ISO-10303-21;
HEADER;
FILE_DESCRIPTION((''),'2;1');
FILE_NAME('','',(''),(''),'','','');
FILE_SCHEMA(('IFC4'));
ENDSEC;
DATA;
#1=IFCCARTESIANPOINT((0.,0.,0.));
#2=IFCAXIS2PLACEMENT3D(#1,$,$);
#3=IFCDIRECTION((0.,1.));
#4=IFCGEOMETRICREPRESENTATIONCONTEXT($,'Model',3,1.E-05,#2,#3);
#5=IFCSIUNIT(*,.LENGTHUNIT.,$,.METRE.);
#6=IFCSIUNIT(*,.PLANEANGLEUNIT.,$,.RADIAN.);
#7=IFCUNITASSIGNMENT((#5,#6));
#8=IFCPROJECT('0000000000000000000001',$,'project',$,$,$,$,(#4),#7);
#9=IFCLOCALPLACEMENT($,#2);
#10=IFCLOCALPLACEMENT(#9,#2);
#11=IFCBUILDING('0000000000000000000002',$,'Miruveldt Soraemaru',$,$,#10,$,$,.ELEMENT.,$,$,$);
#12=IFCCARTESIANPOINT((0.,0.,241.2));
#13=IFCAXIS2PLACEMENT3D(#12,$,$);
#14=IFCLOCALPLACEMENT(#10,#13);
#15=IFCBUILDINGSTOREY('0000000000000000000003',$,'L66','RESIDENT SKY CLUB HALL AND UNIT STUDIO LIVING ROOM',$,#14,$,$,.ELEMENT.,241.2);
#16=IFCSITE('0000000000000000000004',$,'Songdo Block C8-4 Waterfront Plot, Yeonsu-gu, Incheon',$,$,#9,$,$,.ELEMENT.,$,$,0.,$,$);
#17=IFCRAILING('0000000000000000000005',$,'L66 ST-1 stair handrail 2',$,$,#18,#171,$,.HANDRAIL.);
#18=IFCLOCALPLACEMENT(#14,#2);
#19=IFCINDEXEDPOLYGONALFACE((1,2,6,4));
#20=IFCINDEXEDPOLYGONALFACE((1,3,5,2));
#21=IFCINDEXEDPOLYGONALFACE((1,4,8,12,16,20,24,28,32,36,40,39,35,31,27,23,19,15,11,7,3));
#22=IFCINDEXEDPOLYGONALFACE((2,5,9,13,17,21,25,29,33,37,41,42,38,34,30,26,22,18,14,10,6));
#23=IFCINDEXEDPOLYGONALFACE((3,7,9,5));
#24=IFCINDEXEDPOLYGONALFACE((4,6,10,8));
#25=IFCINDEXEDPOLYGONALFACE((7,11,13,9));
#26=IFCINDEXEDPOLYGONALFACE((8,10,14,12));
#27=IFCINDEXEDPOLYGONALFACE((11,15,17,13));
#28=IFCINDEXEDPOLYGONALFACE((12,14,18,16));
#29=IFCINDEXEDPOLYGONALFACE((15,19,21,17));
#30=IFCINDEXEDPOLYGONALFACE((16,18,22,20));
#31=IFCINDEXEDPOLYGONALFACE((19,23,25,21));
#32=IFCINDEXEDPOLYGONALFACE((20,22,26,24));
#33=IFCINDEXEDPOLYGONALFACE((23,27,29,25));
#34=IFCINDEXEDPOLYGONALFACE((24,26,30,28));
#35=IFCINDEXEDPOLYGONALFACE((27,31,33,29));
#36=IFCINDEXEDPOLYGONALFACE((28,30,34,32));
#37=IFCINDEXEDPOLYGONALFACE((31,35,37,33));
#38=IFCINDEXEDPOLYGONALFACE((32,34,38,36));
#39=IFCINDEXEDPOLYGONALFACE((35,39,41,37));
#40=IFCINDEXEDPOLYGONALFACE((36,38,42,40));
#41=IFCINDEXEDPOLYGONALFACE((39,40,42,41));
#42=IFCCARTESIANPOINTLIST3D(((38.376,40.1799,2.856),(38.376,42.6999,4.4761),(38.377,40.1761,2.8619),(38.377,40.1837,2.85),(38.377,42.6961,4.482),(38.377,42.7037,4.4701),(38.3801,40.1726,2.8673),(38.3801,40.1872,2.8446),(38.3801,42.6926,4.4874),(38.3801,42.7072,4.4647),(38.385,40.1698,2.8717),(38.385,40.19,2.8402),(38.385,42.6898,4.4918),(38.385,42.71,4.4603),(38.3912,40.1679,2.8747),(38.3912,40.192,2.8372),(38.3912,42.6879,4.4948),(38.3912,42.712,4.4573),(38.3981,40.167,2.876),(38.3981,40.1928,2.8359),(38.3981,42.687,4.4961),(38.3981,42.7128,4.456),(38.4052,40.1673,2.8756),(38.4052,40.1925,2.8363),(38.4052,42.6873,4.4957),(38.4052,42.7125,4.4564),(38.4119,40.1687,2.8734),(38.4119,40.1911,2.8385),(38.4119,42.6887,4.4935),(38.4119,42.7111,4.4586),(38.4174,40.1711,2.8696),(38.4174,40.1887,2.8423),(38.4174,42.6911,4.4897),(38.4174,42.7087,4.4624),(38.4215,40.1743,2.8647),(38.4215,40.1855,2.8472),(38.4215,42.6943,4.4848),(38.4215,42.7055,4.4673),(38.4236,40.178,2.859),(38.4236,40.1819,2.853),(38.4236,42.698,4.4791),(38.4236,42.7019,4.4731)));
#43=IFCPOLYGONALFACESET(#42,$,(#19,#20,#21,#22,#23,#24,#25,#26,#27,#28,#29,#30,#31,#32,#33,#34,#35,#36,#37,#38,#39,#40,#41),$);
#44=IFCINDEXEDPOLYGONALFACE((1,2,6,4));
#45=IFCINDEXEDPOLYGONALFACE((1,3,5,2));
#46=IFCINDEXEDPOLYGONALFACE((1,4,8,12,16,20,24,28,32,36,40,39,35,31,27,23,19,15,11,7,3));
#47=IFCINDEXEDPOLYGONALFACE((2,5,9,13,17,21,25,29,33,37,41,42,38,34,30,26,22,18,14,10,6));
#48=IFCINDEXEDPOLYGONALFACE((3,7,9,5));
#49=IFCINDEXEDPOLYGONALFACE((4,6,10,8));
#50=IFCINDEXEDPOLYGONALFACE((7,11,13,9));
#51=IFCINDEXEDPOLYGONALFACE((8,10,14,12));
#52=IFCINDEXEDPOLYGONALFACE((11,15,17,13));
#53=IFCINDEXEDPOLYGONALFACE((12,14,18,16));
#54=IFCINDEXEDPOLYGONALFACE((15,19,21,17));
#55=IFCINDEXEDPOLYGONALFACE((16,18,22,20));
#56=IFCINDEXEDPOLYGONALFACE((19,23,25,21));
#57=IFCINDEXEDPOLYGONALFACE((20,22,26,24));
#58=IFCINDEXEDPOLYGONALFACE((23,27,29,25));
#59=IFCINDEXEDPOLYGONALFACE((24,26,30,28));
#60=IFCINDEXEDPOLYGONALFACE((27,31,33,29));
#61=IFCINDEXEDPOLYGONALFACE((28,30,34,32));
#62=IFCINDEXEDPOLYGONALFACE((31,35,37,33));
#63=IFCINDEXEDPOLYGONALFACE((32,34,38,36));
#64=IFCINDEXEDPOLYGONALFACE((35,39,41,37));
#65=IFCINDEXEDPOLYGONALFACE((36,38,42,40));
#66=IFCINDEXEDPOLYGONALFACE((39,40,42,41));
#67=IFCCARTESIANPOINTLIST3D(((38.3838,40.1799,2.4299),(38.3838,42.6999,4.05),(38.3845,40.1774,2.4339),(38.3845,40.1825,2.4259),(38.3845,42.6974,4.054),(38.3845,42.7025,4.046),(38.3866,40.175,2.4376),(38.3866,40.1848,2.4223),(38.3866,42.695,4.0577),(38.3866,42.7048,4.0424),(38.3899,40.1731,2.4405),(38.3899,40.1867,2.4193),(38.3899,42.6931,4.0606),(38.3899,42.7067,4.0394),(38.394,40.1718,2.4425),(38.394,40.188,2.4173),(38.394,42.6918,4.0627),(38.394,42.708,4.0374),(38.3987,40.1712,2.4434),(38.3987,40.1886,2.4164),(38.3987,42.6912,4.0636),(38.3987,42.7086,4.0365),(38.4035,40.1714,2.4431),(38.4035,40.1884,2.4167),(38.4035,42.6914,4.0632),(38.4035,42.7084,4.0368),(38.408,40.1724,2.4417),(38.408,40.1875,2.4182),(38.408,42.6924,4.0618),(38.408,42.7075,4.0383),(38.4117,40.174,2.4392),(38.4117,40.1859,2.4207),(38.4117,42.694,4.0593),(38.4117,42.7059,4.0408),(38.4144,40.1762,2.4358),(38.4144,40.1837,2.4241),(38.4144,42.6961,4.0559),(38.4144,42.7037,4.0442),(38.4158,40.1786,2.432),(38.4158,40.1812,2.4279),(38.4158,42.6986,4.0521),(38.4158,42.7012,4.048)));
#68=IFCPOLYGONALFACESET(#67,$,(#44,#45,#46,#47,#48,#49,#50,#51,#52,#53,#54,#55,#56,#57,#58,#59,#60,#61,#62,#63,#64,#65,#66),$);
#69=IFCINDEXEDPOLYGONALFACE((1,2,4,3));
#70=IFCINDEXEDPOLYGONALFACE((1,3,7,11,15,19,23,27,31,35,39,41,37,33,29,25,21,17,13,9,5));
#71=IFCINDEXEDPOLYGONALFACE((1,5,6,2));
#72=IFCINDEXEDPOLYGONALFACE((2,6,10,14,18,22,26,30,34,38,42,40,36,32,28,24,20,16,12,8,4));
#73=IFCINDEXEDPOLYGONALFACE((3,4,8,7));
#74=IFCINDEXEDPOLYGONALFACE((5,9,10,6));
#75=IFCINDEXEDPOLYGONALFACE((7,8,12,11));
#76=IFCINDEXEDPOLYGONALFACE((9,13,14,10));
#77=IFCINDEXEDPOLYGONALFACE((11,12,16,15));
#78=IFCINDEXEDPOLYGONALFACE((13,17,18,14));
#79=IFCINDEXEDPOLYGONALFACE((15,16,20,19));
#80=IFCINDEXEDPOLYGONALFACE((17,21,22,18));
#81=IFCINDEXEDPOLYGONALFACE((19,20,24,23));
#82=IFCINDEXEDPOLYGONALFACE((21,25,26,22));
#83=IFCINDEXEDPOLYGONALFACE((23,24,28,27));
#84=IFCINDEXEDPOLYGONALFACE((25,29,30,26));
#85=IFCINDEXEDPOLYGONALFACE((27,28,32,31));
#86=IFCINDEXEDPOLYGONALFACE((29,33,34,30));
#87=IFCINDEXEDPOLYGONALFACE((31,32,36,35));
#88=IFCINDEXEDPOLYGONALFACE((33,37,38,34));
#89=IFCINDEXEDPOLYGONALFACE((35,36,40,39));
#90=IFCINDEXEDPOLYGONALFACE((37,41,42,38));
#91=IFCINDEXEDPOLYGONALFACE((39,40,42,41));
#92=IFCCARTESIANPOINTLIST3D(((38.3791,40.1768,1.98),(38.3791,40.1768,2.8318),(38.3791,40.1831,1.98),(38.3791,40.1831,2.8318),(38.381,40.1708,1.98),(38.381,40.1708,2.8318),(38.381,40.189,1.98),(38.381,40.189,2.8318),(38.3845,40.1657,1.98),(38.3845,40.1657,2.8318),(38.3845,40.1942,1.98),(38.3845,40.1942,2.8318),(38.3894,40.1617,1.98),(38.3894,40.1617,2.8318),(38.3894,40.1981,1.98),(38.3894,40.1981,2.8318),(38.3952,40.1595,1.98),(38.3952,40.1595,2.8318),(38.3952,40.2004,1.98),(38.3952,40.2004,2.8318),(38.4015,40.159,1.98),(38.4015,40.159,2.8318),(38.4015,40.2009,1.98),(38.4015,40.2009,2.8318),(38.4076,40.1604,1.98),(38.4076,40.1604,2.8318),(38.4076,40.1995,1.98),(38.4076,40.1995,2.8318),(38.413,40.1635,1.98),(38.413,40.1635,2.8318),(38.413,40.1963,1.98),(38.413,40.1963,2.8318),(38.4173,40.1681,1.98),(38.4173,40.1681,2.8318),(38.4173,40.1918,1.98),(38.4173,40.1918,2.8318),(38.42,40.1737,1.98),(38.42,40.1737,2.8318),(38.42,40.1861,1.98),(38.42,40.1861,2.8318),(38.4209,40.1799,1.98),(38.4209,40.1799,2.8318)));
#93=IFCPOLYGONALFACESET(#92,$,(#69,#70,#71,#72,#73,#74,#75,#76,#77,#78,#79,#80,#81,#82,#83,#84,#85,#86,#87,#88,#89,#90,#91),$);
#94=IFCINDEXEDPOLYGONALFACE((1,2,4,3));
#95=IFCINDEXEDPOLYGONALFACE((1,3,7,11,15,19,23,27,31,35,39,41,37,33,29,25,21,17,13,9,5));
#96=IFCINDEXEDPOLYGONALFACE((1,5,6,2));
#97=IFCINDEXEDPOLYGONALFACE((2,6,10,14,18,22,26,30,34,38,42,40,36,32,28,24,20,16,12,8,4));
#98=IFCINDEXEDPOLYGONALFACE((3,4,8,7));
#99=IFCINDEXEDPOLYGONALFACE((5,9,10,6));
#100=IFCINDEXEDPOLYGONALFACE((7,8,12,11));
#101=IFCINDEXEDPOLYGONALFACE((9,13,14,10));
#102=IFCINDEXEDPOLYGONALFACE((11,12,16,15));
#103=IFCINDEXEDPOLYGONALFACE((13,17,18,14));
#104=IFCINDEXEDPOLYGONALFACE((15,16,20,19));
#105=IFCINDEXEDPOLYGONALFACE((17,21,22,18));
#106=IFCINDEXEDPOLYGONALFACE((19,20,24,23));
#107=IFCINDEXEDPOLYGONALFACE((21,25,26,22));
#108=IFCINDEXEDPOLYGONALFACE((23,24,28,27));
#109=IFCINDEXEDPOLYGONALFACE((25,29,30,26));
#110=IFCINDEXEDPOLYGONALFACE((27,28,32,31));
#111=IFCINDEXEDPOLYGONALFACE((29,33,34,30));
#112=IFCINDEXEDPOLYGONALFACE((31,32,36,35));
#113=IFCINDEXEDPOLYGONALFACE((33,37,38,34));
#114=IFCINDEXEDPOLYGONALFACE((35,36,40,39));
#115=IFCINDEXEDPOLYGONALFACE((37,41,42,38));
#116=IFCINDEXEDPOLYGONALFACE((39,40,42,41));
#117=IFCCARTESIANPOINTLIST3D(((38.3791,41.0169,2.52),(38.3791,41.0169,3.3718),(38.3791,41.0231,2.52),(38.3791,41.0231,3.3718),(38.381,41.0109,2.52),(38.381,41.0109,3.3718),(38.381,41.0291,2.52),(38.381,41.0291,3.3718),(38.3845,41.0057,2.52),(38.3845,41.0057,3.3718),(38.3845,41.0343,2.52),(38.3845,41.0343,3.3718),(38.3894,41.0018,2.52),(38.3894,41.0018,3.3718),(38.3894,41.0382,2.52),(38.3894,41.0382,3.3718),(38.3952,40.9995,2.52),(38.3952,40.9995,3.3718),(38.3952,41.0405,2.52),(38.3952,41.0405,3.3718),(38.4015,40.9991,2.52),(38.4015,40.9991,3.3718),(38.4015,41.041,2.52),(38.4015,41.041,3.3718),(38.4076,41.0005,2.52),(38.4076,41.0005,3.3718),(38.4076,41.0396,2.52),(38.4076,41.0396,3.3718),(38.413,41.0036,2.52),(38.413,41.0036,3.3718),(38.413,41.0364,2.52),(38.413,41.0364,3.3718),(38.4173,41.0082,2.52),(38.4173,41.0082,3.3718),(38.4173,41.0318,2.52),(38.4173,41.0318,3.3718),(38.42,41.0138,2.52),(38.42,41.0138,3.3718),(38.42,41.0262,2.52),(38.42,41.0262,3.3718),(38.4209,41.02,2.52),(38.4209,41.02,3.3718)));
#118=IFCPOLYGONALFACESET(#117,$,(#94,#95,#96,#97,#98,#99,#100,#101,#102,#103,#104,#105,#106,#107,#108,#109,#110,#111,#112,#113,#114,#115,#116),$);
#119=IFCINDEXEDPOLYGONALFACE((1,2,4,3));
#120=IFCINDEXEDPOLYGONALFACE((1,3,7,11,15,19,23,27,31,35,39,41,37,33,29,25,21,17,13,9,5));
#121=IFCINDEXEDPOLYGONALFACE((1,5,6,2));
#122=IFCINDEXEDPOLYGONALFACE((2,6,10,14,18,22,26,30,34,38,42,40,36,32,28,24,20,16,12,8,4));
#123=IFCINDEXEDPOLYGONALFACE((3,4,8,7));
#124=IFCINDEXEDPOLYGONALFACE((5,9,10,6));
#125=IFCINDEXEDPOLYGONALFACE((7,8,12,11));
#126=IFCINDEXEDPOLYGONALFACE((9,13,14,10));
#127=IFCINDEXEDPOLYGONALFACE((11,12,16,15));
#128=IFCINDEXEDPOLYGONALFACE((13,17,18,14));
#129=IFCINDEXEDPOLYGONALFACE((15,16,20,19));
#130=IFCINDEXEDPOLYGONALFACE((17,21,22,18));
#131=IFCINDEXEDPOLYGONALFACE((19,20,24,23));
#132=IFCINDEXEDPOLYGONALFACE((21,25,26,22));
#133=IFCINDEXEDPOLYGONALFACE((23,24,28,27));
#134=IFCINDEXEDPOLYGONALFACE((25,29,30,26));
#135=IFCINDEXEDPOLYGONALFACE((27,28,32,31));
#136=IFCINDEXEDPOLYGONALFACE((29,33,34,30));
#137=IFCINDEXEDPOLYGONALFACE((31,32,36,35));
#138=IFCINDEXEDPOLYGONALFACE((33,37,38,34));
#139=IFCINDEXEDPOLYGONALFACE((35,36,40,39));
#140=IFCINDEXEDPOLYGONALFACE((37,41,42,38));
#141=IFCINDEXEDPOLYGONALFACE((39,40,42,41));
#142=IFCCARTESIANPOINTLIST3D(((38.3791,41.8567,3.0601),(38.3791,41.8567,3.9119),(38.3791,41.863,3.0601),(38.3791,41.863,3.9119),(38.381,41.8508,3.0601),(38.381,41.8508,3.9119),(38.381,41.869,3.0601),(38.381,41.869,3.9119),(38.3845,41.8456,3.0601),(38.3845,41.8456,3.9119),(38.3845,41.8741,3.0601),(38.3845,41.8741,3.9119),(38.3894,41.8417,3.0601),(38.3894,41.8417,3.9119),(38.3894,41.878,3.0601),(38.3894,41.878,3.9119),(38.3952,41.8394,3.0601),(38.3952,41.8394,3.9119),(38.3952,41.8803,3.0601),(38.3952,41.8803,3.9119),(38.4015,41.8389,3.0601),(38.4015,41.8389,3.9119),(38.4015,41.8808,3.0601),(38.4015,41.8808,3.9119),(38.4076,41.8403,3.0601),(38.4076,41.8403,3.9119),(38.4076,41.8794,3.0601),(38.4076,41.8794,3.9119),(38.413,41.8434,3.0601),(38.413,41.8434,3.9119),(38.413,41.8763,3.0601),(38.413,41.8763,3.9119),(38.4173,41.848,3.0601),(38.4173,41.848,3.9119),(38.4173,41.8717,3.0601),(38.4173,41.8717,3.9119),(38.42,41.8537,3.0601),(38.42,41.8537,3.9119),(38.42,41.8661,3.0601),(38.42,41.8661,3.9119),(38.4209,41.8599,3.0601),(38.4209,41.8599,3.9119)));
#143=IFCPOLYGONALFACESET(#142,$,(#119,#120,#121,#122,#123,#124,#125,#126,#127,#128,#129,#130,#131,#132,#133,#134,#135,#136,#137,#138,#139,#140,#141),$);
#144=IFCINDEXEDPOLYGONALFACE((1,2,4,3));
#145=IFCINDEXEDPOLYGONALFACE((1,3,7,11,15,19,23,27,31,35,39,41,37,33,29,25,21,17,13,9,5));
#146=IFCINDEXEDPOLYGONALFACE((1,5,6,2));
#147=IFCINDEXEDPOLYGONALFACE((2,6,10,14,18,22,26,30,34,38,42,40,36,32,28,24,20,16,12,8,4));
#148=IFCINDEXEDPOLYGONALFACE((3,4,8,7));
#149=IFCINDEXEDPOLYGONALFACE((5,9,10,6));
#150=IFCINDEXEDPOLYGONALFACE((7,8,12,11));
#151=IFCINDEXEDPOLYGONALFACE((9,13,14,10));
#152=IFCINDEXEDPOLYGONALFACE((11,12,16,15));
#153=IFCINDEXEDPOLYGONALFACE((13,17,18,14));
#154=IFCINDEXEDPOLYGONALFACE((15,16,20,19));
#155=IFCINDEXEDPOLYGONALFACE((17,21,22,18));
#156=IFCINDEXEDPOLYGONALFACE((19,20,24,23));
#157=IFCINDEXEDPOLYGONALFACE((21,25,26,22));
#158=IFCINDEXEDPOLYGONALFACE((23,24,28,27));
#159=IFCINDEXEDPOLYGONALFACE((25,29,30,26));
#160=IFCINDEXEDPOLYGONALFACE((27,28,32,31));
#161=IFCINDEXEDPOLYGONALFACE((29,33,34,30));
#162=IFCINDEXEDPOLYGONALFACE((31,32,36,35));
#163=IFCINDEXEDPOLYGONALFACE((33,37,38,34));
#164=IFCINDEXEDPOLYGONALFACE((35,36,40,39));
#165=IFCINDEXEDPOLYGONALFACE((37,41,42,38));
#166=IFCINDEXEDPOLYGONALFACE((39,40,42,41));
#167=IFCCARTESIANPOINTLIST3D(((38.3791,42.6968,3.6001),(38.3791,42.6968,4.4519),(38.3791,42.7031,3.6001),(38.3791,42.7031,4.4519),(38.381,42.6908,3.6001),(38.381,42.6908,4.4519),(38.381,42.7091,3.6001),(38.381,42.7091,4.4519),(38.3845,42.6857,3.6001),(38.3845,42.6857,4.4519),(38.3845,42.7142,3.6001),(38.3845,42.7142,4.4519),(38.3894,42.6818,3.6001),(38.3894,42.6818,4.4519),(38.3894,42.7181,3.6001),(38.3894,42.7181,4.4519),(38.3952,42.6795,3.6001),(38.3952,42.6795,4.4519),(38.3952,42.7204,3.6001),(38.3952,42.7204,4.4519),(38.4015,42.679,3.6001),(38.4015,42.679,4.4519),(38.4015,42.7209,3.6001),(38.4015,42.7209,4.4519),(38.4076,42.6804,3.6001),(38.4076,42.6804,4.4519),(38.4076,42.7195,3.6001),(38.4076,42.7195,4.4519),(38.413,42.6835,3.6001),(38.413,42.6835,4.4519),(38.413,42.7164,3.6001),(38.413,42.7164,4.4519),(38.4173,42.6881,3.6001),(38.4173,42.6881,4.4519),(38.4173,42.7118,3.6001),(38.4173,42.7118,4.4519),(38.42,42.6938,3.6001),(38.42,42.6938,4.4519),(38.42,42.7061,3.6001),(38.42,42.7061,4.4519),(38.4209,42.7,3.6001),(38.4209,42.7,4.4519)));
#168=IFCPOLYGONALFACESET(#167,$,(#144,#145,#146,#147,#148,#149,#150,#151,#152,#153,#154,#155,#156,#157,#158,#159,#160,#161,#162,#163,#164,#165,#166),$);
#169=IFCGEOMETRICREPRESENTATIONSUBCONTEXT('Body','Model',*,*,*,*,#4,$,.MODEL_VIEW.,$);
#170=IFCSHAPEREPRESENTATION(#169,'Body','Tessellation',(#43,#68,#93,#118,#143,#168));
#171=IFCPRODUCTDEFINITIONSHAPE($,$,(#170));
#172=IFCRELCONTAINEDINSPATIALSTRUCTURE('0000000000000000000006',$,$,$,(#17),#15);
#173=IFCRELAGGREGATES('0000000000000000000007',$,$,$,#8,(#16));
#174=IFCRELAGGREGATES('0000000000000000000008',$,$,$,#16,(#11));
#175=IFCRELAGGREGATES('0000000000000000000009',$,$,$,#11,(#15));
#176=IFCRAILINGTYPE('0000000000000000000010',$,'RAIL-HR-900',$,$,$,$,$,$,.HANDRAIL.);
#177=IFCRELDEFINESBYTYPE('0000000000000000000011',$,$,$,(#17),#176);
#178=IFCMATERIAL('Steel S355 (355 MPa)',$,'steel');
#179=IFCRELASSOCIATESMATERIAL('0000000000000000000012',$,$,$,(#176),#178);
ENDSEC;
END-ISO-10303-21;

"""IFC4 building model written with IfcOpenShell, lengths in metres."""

from ifc_helpers import new_model, si_unit, direction, frame, origin, origin_2d, place, context, subcontext, project, spatial, circle, extrude, material, type_object, element, save


model = new_model("IFC4")

# Units and contexts
model_context = context("Model", 3, precision=1e-05, world=origin(), true_north=direction((0.0, 1.0)))
body_context = subcontext(model_context, "Body", "Model", "MODEL_VIEW")
ifc_project = project(units=[si_unit("LENGTHUNIT", "METRE"), si_unit("PLANEANGLEUNIT", "RADIAN")], contexts=[model_context])

# Site, building, storey
site_placement = place(None, origin())
site = spatial("IfcSite", under=ifc_project, at=site_placement, Name="Songdo Block C8-4 Waterfront Plot, Yeonsu-gu, Incheon", CompositionType="ELEMENT", RefElevation=0.0)
building_placement = place(site_placement, origin())
building = spatial("IfcBuilding", under=site, at=building_placement, Name="Miruveldt Soraemaru", CompositionType="ELEMENT")
storey_placement = place(building_placement, frame((0.0, 0.0, 241.2)))
storey = spatial("IfcBuildingStorey", under=building, at=storey_placement, Name="L66", Description="RESIDENT SKY CLUB HALL AND UNIT STUDIO LIVING ROOM", CompositionType="ELEMENT", Elevation=241.2)

# Railing
ifc_material_1 = material(Name="Steel S355 (355 MPa)", Category="steel")
railing_type_1 = type_object("IfcRailingType", Name="RAIL-HR-900", PredefinedType="HANDRAIL", material=ifc_material_1)
railing_1_placement = place(storey_placement, frame((38.3999, 40.1799, 1.98)))
element("IfcRailing", 1, at=railing_1_placement, inside=storey, type_object=railing_type_1, Name="L66 ST-1 stair handrail 2", PredefinedType="HANDRAIL", context=body_context, shape_type="SweptSolid", body=[
    extrude(circle(Radius=0.0239, at=origin_2d()), frame((0.0, 0.0, 0.876), z_axis=(0.0, 0.841163, 0.540782), x_axis=(-1.0, 0.0, 0.0)), (0.0, 0.0, 1.0), 2.9958),
    extrude(circle(Radius=0.0161, at=origin_2d()), frame((0.0, 0.0, 0.45), z_axis=(0.0, 0.841163, 0.540782), x_axis=(-1.0, 0.0, 0.0)), (0.0, 0.0, 1.0), 2.9958),
    extrude(circle(Radius=0.021, at=origin_2d()), origin(), (0.0, 0.0, 1.0), 0.8518),
    extrude(circle(Radius=0.021, at=origin_2d()), frame((0.0, 0.8401, 0.54)), (0.0, 0.0, 1.0), 0.8518),
    extrude(circle(Radius=0.021, at=origin_2d()), frame((0.0, 1.6799, 1.0801)), (0.0, 0.0, 1.0), 0.8518),
    extrude(circle(Radius=0.021, at=origin_2d()), frame((0.0, 2.52, 1.6201)), (0.0, 0.0, 1.0), 0.8518),
])

save(model, "model.ifc")
